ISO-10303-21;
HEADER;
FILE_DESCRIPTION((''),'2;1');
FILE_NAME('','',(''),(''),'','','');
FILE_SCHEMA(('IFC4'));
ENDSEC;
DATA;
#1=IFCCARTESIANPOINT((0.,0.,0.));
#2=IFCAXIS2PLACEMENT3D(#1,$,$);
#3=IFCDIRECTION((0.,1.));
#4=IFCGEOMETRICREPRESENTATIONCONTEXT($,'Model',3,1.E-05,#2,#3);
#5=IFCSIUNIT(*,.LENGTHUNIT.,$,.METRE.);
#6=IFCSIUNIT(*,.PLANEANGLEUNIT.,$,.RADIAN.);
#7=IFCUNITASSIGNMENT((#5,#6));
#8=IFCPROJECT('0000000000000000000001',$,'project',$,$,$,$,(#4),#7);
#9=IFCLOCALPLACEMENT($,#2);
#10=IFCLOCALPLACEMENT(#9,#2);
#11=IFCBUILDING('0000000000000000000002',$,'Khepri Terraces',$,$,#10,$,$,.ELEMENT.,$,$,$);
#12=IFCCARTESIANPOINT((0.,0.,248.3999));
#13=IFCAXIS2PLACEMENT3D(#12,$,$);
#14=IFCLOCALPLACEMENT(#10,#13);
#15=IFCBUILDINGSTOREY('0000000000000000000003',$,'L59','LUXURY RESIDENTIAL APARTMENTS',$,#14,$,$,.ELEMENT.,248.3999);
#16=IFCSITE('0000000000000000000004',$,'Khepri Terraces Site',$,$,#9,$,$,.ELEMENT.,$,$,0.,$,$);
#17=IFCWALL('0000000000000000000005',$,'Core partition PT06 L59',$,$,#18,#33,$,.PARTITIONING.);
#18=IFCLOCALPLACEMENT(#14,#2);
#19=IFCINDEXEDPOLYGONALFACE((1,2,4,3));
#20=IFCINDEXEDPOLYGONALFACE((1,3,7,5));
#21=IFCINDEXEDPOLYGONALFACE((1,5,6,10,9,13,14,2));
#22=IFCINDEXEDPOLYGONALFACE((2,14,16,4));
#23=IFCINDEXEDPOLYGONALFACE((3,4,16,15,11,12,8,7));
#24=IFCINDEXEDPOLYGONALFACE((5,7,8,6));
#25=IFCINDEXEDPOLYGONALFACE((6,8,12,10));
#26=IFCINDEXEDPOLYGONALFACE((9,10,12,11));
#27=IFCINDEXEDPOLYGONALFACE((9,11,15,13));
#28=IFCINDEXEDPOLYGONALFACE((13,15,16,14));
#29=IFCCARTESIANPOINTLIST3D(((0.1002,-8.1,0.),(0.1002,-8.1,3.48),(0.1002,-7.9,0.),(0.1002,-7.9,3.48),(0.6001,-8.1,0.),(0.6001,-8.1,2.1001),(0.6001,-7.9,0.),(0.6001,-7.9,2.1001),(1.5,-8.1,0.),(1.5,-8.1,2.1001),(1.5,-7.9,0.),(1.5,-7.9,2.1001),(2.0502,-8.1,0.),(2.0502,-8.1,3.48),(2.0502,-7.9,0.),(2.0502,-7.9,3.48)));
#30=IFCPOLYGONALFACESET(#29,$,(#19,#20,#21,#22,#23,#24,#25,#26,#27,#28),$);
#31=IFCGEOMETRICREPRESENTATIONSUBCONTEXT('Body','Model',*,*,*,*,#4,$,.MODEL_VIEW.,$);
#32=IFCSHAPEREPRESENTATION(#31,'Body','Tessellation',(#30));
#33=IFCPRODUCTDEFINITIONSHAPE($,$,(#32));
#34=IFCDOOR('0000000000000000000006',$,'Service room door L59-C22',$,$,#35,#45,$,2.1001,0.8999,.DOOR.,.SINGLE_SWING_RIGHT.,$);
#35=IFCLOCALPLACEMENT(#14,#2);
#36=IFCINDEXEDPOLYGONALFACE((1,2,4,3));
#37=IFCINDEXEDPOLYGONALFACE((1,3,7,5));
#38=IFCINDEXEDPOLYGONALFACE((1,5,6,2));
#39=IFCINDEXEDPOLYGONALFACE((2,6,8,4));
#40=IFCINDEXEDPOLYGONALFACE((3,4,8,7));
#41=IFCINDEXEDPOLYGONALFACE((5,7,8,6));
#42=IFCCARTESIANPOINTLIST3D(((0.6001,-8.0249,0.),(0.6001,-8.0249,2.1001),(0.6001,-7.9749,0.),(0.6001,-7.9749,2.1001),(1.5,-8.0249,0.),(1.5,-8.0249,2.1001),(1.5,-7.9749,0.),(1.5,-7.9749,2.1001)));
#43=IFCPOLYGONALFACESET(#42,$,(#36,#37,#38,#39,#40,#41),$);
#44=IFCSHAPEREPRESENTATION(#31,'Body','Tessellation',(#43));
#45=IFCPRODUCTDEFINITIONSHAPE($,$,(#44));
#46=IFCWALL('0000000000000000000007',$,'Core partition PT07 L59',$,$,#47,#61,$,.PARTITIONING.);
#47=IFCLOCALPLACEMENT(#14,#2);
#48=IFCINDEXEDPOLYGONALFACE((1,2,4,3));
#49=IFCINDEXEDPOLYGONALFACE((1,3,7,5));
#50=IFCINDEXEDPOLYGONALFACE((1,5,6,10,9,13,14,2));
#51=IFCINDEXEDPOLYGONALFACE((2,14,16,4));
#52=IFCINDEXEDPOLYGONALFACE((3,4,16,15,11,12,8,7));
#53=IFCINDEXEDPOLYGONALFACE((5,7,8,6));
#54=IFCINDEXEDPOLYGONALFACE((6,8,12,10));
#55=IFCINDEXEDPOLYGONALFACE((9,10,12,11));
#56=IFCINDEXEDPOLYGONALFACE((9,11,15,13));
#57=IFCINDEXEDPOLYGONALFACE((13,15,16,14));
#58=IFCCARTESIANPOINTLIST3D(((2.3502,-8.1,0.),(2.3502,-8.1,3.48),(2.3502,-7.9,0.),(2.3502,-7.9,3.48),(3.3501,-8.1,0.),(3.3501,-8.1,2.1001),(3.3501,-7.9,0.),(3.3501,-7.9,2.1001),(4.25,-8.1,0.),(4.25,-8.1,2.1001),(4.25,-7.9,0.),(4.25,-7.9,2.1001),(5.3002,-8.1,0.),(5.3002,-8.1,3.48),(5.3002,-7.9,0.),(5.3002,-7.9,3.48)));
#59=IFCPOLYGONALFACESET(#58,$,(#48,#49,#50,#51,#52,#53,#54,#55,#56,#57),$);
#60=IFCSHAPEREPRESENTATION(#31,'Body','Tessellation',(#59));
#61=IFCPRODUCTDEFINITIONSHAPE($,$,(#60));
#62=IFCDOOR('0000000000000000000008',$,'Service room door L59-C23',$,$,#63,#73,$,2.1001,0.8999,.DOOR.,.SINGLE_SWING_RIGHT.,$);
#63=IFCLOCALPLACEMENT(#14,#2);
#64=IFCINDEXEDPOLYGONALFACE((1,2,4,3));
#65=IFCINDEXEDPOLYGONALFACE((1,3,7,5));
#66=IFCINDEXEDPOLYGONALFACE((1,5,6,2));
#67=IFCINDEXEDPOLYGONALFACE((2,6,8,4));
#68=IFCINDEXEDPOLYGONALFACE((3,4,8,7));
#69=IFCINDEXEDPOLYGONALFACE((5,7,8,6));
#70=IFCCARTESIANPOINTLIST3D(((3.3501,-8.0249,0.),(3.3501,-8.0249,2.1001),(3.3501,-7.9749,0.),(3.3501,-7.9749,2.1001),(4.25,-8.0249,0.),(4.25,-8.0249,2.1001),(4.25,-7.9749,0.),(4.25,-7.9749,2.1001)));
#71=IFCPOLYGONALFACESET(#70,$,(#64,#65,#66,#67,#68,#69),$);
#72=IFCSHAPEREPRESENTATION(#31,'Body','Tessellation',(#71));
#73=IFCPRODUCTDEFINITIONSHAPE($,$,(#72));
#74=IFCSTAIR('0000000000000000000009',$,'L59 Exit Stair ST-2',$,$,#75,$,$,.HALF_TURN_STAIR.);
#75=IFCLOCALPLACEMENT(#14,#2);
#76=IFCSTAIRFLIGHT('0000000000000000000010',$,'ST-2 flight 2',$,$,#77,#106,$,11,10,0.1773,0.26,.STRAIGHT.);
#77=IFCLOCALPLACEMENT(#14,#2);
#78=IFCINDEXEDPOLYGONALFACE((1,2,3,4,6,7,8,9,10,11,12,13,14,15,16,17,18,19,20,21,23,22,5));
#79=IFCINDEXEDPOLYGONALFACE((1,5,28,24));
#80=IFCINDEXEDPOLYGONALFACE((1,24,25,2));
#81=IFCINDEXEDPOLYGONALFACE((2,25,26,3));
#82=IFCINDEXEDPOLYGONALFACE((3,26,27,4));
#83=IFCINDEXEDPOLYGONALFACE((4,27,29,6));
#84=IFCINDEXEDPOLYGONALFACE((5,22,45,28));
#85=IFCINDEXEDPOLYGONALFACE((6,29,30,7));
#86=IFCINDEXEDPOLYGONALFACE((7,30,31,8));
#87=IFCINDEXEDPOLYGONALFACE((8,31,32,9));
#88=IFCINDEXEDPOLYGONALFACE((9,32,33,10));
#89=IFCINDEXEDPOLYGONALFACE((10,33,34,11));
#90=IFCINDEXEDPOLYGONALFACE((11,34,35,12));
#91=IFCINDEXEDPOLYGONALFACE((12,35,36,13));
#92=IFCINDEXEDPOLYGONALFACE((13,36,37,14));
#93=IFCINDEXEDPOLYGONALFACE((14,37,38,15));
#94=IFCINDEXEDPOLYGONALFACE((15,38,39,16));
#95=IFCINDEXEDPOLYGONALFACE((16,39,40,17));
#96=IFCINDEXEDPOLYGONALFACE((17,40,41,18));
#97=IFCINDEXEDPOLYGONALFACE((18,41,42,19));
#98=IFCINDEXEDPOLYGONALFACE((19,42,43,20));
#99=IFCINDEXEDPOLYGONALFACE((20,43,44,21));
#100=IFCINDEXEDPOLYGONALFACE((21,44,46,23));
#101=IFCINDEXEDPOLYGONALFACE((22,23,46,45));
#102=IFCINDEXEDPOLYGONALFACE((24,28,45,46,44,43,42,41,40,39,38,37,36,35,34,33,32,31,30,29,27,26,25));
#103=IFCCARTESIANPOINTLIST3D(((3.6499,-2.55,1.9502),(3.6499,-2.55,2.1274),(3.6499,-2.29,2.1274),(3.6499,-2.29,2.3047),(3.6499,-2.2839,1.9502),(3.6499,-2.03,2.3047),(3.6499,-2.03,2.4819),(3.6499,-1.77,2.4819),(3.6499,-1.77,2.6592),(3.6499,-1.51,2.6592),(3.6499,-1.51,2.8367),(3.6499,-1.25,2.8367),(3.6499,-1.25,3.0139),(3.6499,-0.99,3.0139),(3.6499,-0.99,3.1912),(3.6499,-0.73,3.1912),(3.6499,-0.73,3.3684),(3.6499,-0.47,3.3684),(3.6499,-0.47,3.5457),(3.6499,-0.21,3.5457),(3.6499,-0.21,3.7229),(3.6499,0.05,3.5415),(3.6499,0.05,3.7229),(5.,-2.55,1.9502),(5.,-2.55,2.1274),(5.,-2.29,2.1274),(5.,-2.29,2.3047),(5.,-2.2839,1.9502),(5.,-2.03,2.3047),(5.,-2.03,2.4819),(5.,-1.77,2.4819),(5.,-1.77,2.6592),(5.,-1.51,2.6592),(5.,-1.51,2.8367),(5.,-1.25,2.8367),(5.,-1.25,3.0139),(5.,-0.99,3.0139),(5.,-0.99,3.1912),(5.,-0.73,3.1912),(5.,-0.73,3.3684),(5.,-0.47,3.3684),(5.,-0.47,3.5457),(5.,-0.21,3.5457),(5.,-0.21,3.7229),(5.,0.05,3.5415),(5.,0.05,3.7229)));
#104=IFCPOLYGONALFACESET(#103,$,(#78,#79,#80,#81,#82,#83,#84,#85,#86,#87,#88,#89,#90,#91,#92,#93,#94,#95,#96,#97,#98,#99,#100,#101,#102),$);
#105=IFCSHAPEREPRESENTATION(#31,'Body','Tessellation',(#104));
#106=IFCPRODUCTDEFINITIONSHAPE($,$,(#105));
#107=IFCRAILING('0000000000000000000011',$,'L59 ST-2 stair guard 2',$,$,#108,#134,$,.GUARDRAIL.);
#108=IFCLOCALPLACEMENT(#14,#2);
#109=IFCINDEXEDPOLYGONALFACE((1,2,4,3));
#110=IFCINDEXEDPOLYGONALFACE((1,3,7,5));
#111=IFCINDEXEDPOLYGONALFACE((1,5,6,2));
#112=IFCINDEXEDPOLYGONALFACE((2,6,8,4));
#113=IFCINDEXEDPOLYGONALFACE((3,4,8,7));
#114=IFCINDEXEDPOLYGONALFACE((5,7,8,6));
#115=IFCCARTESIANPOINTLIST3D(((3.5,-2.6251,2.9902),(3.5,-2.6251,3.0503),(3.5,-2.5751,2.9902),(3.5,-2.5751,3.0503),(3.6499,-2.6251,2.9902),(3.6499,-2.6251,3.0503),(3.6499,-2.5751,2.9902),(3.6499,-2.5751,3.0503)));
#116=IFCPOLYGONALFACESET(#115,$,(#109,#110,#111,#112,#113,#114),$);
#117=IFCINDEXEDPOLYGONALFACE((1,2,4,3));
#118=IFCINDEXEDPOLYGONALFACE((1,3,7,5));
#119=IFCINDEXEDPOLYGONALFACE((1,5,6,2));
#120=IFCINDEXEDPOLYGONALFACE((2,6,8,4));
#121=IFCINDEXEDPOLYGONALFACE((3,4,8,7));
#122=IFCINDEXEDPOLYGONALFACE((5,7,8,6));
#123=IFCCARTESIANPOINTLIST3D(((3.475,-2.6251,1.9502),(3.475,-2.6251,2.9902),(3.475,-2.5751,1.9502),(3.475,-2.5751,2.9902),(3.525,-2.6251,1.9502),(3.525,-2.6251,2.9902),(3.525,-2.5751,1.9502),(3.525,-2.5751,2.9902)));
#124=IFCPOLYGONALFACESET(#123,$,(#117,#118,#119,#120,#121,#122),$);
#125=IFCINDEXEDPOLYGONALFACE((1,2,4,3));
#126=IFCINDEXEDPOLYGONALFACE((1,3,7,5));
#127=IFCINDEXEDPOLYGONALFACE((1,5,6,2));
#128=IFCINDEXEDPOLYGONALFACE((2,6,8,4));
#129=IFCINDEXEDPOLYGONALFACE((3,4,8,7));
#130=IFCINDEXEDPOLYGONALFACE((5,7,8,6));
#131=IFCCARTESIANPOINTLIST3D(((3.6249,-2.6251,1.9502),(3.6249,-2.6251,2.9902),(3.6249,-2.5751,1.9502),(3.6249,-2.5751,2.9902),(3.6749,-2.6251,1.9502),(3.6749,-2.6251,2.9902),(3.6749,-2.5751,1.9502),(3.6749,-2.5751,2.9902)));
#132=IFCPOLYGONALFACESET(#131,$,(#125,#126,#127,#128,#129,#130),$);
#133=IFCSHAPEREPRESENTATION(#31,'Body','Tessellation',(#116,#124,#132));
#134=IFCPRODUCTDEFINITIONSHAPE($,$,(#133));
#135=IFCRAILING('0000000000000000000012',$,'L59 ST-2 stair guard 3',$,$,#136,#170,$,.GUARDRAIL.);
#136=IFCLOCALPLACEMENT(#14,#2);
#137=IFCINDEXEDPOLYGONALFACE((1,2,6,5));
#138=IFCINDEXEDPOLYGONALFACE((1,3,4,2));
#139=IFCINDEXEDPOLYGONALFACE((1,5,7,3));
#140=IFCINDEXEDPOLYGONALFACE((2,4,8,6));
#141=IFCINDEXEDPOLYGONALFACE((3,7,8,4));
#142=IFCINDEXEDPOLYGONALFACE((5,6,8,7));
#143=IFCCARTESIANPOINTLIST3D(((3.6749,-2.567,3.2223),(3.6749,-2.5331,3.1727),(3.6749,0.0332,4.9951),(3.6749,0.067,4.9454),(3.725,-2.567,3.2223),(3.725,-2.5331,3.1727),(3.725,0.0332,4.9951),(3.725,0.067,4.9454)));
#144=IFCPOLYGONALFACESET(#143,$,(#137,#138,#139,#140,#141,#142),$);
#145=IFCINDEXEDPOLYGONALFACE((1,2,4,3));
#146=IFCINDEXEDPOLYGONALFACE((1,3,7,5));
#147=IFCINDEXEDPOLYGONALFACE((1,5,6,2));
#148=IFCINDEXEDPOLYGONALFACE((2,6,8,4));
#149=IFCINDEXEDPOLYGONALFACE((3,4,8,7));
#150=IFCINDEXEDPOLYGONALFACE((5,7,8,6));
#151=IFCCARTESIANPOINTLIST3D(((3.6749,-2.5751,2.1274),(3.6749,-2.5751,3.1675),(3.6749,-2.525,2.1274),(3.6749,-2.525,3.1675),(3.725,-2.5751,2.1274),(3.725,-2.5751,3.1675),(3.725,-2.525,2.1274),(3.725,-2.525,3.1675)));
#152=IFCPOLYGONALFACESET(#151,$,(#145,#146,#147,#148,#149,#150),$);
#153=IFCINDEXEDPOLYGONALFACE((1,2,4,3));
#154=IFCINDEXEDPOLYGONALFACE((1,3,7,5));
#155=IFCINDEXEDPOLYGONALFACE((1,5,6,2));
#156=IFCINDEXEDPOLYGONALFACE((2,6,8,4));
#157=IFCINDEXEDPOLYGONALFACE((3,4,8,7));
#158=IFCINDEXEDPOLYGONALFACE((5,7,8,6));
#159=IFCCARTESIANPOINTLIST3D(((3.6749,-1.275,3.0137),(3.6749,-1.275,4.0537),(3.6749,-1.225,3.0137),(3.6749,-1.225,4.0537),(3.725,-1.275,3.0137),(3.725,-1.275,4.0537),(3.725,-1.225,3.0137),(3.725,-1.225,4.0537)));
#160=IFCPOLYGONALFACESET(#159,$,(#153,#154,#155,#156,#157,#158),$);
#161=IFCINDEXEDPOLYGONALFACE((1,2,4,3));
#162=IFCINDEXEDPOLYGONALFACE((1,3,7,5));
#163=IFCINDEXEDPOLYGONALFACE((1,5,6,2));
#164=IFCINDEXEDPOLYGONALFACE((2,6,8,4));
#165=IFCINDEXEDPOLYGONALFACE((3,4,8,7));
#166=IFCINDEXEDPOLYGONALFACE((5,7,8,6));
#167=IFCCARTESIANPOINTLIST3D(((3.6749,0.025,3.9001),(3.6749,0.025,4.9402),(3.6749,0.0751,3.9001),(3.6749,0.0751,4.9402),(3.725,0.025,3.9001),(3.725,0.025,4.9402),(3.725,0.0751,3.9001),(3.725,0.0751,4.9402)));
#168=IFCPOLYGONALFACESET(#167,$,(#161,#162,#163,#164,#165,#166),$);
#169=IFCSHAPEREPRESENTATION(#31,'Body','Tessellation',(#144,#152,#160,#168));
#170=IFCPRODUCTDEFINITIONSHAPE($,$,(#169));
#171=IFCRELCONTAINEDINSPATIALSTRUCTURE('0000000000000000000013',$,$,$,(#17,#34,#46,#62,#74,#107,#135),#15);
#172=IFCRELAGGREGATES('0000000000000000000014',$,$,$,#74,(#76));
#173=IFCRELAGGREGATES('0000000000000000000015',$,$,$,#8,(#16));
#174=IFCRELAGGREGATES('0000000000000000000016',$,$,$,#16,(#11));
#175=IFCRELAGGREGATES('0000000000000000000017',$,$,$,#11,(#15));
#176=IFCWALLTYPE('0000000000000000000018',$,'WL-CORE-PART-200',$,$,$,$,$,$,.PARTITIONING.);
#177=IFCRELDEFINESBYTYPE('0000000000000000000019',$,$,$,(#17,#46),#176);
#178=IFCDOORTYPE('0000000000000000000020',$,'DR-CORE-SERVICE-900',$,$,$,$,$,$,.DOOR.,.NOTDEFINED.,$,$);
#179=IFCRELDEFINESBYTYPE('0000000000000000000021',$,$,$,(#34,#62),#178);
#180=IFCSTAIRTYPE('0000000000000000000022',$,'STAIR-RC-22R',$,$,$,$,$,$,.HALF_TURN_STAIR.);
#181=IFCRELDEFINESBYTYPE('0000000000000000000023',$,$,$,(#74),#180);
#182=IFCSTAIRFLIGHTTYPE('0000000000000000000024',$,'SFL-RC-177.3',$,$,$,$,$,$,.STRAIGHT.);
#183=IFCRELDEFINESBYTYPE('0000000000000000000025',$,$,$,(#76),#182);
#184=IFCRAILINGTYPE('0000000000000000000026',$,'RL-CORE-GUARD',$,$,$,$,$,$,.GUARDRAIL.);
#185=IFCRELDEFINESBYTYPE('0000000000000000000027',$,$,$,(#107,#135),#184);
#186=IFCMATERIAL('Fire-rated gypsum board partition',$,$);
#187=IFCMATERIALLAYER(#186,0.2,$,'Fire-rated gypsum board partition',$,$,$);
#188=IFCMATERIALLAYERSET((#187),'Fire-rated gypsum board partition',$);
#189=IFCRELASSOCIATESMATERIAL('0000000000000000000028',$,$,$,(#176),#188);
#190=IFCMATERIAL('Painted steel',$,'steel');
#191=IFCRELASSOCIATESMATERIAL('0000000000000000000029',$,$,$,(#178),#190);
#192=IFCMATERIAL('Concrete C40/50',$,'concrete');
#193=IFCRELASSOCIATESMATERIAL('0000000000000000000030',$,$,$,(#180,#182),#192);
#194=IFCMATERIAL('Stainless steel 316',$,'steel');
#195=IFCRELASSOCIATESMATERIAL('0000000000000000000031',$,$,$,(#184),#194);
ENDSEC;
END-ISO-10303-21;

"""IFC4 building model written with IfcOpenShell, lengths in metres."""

from ifc_helpers import new_model, si_unit, direction, frame, frame_2d, origin, origin_2d, place, context, subcontext, project, spatial, polyline, rectangle, outline, extrude, material, layer, layer_set, type_object, element, fill, aggregate, save


model = new_model("IFC4")

# Units and contexts
model_context = context("Model", 3, precision=1e-05, world=origin(), true_north=direction((0.0, 1.0)))
body_context = subcontext(model_context, "Body", "Model", "MODEL_VIEW")
ifc_project = project(units=[si_unit("LENGTHUNIT", "METRE"), si_unit("PLANEANGLEUNIT", "RADIAN")], contexts=[model_context])

# Site, building, storey
site_placement = place(None, origin())
site = spatial("IfcSite", under=ifc_project, at=site_placement, Name="Khepri Terraces Site", CompositionType="ELEMENT", RefElevation=0.0)
building_placement = place(site_placement, origin())
building = spatial("IfcBuilding", under=site, at=building_placement, Name="Khepri Terraces", CompositionType="ELEMENT")
storey_placement = place(building_placement, frame((0.0, 0.0, 248.3999)))
storey = spatial("IfcBuildingStorey", under=building, at=storey_placement, Name="L59", Description="LUXURY RESIDENTIAL APARTMENTS", CompositionType="ELEMENT", Elevation=248.3999)

# Shared definitions
ifc_material_1 = material(Name="Concrete C40/50", Category="concrete")
ifc_material_2 = material(Name="Painted steel", Category="steel")

# Walls, openings, doors
ifc_material_3 = material(Name="Fire-rated gypsum board partition")
ifc_layer_1 = layer(ifc_material_3, 0.2, Name="Fire-rated gypsum board partition")
ifc_layer_set_1 = layer_set([ifc_layer_1], Name="Fire-rated gypsum board partition")
wall_type_1 = type_object("IfcWallType", Name="WL-CORE-PART-200", PredefinedType="PARTITIONING", material=ifc_layer_set_1)
wall_1_placement = place(storey_placement, frame((0.1001, -8.0, 0.0), z_axis=(0.0, 0.0, 1.0), x_axis=(1.0, 0.0, 0.0)))
wall_1 = element("IfcWall", 1, at=wall_1_placement, inside=storey, type_object=wall_type_1, Name="Core partition PT06 L59", PredefinedType="PARTITIONING", context=body_context, shape_type="SweptSolid", body=[
    extrude(rectangle(XDim=1.95, YDim=0.2, at=frame_2d((0.9751, 0.0))), origin(), (0.0, 0.0, 1.0), 3.48),
])
opening_1_placement = place(wall_1_placement, frame((0.5, 0.0, 0.0)))
opening_1 = element("IfcOpeningElement", 2, at=opening_1_placement, cuts=wall_1, PredefinedType="OPENING", context=body_context, shape_type="SweptSolid", body=[
    extrude(rectangle(XDim=0.8999, YDim=2.1001, at=frame_2d((0.45, 1.05))), frame((0.0, 0.1099, 0.0), z_axis=(0.0, -1.0, 0.0), x_axis=(1.0, 0.0, 0.0)), (0.0, 0.0, 1.0), 0.22),
])
door_type_1 = type_object("IfcDoorType", Name="DR-CORE-SERVICE-900", OperationType="NOTDEFINED", PredefinedType="DOOR", material=ifc_material_2)
door_1_placement = place(opening_1_placement, frame((0.8999, 0.0, 0.0), z_axis=(0.0, 0.0, 1.0), x_axis=(-1.0, 0.0, 0.0)))
door_1 = element("IfcDoor", 3, at=door_1_placement, inside=storey, type_object=door_type_1, Name="Service room door L59-C22", OperationType="SINGLE_SWING_RIGHT", OverallHeight=2.1001, OverallWidth=0.8999, PredefinedType="DOOR", context=body_context, shape_type="SweptSolid", body=[
    extrude(rectangle(XDim=0.8999, YDim=2.1001, at=frame_2d((0.45, 1.05))), frame((0.0, 0.0249, 0.0), z_axis=(0.0, -1.0, 0.0), x_axis=(1.0, 0.0, 0.0)), (0.0, 0.0, 1.0), 0.05),
])
fill(opening_1, door_1)
wall_2_placement = place(storey_placement, frame((2.3501, -8.0, 0.0), z_axis=(0.0, 0.0, 1.0), x_axis=(1.0, 0.0, 0.0)))
wall_2 = element("IfcWall", 4, at=wall_2_placement, inside=storey, type_object=wall_type_1, Name="Core partition PT07 L59", PredefinedType="PARTITIONING", context=body_context, shape_type="SweptSolid", body=[
    extrude(rectangle(XDim=2.95, YDim=0.2, at=frame_2d((1.4751, 0.0))), origin(), (0.0, 0.0, 1.0), 3.48),
])
opening_2_placement = place(wall_2_placement, frame((1.0, 0.0, 0.0)))
opening_2 = element("IfcOpeningElement", 5, at=opening_2_placement, cuts=wall_2, PredefinedType="OPENING", context=body_context, shape_type="SweptSolid", body=[
    extrude(rectangle(XDim=0.8999, YDim=2.1001, at=frame_2d((0.45, 1.05))), frame((0.0, 0.1099, 0.0), z_axis=(0.0, -1.0, 0.0), x_axis=(1.0, 0.0, 0.0)), (0.0, 0.0, 1.0), 0.22),
])
door_2_placement = place(opening_2_placement, frame((0.8999, 0.0, 0.0), z_axis=(0.0, 0.0, 1.0), x_axis=(-1.0, 0.0, 0.0)))
door_2 = element("IfcDoor", 6, at=door_2_placement, inside=storey, type_object=door_type_1, Name="Service room door L59-C23", OperationType="SINGLE_SWING_RIGHT", OverallHeight=2.1001, OverallWidth=0.8999, PredefinedType="DOOR", context=body_context, shape_type="SweptSolid", body=[
    extrude(rectangle(XDim=0.8999, YDim=2.1001, at=frame_2d((0.45, 1.05))), frame((0.0, 0.0249, 0.0), z_axis=(0.0, -1.0, 0.0), x_axis=(1.0, 0.0, 0.0)), (0.0, 0.0, 1.0), 0.05),
])
fill(opening_2, door_2)

# Stair, stair flight
stair_type = type_object("IfcStairType", Name="STAIR-RC-22R", PredefinedType="HALF_TURN_STAIR", material=ifc_material_1)
stair_placement = place(storey_placement, origin())
stair = element("IfcStair", 7, at=stair_placement, inside=storey, type_object=stair_type, Name="L59 Exit Stair ST-2", PredefinedType="HALF_TURN_STAIR")
stair_flight_type = type_object("IfcStairFlightType", Name="SFL-RC-177.3", PredefinedType="STRAIGHT", material=ifc_material_1)
stair_flight_placement = place(storey_placement, frame((4.325, -2.55, 1.9502), z_axis=(0.0, 0.0, 1.0), x_axis=(0.0, 1.0, 0.0)))
stair_flight = element("IfcStairFlight", 8, at=stair_flight_placement, type_object=stair_flight_type, Name="ST-2 flight 2", NumberOfRisers=11, NumberOfTreads=10, PredefinedType="STRAIGHT", RiserHeight=0.1773, TreadLength=0.26, context=body_context, shape_type="SweptSolid", body=[
    extrude(outline(polyline([(0.0, 0.0), (0.0, 0.1772), (0.26, 0.1772), (0.26, 0.3545), (0.52, 0.3545), (0.52, 0.5317), (0.78, 0.5317), (0.78, 0.709), (1.04, 0.709), (1.04, 0.8865), (1.3, 0.8865), (1.3, 1.0637), (1.5601, 1.0637), (1.5601, 1.241), (1.8201, 1.241), (1.8201, 1.4182), (2.0801, 1.4182), (2.0801, 1.5955), (2.3401, 1.5955), (2.3401, 1.7727), (2.6001, 1.7727), (2.6001, 1.95), (2.6001, 1.5913), (0.2661, 0.0), (0.0, 0.0)])), frame((0.0, 0.675, 0.0), z_axis=(0.0, -1.0, 0.0), x_axis=(1.0, 0.0, 0.0)), (0.0, 0.0, 1.0), 1.3501),
])
aggregate(stair, [stair_flight])

# Railings
ifc_material_4 = material(Name="Stainless steel 316", Category="steel")
railing_type_1 = type_object("IfcRailingType", Name="RL-CORE-GUARD", PredefinedType="GUARDRAIL", material=ifc_material_4)
railing_1_placement = place(storey_placement, frame((3.5, -2.6001, 1.9502)))
element("IfcRailing", 9, at=railing_1_placement, inside=storey, type_object=railing_type_1, Name="L59 ST-2 stair guard 2", PredefinedType="GUARDRAIL", context=body_context, shape_type="SweptSolid", body=[
    extrude(rectangle(XDim=0.05, YDim=0.0601, at=origin_2d()), frame((0.0, 0.0, 1.0701), z_axis=(1.0, 0.0, 0.0), x_axis=(0.0, 1.0, 0.0)), (0.0, 0.0, 1.0), 0.1499),
    extrude(rectangle(XDim=0.05, YDim=0.05, at=origin_2d()), origin(), (0.0, 0.0, 1.0), 1.04),
    extrude(rectangle(XDim=0.05, YDim=0.05, at=origin_2d()), frame((0.1499, 0.0, 0.0)), (0.0, 0.0, 1.0), 1.04),
])
railing_2_placement = place(storey_placement, frame((3.7, -2.55, 2.1274)))
element("IfcRailing", 10, at=railing_2_placement, inside=storey, type_object=railing_type_1, Name="L59 ST-2 stair guard 3", PredefinedType="GUARDRAIL", context=body_context, shape_type="SweptSolid", body=[
    extrude(rectangle(XDim=0.05, YDim=0.0601, at=origin_2d()), frame((0.0, 0.0, 1.0701), z_axis=(0.0, 0.82624, 0.563318), x_axis=(-1.0, 0.0, 0.0)), (0.0, 0.0, 1.0), 3.147),
    extrude(rectangle(XDim=0.05, YDim=0.05, at=origin_2d()), origin(), (0.0, 0.0, 1.0), 1.04),
    extrude(rectangle(XDim=0.05, YDim=0.05, at=origin_2d()), frame((0.0, 1.3, 0.8862)), (0.0, 0.0, 1.0), 1.04),
    extrude(rectangle(XDim=0.05, YDim=0.05, at=origin_2d()), frame((0.0, 2.6001, 1.7727)), (0.0, 0.0, 1.0), 1.04),
])

save(model, "model.ifc")
